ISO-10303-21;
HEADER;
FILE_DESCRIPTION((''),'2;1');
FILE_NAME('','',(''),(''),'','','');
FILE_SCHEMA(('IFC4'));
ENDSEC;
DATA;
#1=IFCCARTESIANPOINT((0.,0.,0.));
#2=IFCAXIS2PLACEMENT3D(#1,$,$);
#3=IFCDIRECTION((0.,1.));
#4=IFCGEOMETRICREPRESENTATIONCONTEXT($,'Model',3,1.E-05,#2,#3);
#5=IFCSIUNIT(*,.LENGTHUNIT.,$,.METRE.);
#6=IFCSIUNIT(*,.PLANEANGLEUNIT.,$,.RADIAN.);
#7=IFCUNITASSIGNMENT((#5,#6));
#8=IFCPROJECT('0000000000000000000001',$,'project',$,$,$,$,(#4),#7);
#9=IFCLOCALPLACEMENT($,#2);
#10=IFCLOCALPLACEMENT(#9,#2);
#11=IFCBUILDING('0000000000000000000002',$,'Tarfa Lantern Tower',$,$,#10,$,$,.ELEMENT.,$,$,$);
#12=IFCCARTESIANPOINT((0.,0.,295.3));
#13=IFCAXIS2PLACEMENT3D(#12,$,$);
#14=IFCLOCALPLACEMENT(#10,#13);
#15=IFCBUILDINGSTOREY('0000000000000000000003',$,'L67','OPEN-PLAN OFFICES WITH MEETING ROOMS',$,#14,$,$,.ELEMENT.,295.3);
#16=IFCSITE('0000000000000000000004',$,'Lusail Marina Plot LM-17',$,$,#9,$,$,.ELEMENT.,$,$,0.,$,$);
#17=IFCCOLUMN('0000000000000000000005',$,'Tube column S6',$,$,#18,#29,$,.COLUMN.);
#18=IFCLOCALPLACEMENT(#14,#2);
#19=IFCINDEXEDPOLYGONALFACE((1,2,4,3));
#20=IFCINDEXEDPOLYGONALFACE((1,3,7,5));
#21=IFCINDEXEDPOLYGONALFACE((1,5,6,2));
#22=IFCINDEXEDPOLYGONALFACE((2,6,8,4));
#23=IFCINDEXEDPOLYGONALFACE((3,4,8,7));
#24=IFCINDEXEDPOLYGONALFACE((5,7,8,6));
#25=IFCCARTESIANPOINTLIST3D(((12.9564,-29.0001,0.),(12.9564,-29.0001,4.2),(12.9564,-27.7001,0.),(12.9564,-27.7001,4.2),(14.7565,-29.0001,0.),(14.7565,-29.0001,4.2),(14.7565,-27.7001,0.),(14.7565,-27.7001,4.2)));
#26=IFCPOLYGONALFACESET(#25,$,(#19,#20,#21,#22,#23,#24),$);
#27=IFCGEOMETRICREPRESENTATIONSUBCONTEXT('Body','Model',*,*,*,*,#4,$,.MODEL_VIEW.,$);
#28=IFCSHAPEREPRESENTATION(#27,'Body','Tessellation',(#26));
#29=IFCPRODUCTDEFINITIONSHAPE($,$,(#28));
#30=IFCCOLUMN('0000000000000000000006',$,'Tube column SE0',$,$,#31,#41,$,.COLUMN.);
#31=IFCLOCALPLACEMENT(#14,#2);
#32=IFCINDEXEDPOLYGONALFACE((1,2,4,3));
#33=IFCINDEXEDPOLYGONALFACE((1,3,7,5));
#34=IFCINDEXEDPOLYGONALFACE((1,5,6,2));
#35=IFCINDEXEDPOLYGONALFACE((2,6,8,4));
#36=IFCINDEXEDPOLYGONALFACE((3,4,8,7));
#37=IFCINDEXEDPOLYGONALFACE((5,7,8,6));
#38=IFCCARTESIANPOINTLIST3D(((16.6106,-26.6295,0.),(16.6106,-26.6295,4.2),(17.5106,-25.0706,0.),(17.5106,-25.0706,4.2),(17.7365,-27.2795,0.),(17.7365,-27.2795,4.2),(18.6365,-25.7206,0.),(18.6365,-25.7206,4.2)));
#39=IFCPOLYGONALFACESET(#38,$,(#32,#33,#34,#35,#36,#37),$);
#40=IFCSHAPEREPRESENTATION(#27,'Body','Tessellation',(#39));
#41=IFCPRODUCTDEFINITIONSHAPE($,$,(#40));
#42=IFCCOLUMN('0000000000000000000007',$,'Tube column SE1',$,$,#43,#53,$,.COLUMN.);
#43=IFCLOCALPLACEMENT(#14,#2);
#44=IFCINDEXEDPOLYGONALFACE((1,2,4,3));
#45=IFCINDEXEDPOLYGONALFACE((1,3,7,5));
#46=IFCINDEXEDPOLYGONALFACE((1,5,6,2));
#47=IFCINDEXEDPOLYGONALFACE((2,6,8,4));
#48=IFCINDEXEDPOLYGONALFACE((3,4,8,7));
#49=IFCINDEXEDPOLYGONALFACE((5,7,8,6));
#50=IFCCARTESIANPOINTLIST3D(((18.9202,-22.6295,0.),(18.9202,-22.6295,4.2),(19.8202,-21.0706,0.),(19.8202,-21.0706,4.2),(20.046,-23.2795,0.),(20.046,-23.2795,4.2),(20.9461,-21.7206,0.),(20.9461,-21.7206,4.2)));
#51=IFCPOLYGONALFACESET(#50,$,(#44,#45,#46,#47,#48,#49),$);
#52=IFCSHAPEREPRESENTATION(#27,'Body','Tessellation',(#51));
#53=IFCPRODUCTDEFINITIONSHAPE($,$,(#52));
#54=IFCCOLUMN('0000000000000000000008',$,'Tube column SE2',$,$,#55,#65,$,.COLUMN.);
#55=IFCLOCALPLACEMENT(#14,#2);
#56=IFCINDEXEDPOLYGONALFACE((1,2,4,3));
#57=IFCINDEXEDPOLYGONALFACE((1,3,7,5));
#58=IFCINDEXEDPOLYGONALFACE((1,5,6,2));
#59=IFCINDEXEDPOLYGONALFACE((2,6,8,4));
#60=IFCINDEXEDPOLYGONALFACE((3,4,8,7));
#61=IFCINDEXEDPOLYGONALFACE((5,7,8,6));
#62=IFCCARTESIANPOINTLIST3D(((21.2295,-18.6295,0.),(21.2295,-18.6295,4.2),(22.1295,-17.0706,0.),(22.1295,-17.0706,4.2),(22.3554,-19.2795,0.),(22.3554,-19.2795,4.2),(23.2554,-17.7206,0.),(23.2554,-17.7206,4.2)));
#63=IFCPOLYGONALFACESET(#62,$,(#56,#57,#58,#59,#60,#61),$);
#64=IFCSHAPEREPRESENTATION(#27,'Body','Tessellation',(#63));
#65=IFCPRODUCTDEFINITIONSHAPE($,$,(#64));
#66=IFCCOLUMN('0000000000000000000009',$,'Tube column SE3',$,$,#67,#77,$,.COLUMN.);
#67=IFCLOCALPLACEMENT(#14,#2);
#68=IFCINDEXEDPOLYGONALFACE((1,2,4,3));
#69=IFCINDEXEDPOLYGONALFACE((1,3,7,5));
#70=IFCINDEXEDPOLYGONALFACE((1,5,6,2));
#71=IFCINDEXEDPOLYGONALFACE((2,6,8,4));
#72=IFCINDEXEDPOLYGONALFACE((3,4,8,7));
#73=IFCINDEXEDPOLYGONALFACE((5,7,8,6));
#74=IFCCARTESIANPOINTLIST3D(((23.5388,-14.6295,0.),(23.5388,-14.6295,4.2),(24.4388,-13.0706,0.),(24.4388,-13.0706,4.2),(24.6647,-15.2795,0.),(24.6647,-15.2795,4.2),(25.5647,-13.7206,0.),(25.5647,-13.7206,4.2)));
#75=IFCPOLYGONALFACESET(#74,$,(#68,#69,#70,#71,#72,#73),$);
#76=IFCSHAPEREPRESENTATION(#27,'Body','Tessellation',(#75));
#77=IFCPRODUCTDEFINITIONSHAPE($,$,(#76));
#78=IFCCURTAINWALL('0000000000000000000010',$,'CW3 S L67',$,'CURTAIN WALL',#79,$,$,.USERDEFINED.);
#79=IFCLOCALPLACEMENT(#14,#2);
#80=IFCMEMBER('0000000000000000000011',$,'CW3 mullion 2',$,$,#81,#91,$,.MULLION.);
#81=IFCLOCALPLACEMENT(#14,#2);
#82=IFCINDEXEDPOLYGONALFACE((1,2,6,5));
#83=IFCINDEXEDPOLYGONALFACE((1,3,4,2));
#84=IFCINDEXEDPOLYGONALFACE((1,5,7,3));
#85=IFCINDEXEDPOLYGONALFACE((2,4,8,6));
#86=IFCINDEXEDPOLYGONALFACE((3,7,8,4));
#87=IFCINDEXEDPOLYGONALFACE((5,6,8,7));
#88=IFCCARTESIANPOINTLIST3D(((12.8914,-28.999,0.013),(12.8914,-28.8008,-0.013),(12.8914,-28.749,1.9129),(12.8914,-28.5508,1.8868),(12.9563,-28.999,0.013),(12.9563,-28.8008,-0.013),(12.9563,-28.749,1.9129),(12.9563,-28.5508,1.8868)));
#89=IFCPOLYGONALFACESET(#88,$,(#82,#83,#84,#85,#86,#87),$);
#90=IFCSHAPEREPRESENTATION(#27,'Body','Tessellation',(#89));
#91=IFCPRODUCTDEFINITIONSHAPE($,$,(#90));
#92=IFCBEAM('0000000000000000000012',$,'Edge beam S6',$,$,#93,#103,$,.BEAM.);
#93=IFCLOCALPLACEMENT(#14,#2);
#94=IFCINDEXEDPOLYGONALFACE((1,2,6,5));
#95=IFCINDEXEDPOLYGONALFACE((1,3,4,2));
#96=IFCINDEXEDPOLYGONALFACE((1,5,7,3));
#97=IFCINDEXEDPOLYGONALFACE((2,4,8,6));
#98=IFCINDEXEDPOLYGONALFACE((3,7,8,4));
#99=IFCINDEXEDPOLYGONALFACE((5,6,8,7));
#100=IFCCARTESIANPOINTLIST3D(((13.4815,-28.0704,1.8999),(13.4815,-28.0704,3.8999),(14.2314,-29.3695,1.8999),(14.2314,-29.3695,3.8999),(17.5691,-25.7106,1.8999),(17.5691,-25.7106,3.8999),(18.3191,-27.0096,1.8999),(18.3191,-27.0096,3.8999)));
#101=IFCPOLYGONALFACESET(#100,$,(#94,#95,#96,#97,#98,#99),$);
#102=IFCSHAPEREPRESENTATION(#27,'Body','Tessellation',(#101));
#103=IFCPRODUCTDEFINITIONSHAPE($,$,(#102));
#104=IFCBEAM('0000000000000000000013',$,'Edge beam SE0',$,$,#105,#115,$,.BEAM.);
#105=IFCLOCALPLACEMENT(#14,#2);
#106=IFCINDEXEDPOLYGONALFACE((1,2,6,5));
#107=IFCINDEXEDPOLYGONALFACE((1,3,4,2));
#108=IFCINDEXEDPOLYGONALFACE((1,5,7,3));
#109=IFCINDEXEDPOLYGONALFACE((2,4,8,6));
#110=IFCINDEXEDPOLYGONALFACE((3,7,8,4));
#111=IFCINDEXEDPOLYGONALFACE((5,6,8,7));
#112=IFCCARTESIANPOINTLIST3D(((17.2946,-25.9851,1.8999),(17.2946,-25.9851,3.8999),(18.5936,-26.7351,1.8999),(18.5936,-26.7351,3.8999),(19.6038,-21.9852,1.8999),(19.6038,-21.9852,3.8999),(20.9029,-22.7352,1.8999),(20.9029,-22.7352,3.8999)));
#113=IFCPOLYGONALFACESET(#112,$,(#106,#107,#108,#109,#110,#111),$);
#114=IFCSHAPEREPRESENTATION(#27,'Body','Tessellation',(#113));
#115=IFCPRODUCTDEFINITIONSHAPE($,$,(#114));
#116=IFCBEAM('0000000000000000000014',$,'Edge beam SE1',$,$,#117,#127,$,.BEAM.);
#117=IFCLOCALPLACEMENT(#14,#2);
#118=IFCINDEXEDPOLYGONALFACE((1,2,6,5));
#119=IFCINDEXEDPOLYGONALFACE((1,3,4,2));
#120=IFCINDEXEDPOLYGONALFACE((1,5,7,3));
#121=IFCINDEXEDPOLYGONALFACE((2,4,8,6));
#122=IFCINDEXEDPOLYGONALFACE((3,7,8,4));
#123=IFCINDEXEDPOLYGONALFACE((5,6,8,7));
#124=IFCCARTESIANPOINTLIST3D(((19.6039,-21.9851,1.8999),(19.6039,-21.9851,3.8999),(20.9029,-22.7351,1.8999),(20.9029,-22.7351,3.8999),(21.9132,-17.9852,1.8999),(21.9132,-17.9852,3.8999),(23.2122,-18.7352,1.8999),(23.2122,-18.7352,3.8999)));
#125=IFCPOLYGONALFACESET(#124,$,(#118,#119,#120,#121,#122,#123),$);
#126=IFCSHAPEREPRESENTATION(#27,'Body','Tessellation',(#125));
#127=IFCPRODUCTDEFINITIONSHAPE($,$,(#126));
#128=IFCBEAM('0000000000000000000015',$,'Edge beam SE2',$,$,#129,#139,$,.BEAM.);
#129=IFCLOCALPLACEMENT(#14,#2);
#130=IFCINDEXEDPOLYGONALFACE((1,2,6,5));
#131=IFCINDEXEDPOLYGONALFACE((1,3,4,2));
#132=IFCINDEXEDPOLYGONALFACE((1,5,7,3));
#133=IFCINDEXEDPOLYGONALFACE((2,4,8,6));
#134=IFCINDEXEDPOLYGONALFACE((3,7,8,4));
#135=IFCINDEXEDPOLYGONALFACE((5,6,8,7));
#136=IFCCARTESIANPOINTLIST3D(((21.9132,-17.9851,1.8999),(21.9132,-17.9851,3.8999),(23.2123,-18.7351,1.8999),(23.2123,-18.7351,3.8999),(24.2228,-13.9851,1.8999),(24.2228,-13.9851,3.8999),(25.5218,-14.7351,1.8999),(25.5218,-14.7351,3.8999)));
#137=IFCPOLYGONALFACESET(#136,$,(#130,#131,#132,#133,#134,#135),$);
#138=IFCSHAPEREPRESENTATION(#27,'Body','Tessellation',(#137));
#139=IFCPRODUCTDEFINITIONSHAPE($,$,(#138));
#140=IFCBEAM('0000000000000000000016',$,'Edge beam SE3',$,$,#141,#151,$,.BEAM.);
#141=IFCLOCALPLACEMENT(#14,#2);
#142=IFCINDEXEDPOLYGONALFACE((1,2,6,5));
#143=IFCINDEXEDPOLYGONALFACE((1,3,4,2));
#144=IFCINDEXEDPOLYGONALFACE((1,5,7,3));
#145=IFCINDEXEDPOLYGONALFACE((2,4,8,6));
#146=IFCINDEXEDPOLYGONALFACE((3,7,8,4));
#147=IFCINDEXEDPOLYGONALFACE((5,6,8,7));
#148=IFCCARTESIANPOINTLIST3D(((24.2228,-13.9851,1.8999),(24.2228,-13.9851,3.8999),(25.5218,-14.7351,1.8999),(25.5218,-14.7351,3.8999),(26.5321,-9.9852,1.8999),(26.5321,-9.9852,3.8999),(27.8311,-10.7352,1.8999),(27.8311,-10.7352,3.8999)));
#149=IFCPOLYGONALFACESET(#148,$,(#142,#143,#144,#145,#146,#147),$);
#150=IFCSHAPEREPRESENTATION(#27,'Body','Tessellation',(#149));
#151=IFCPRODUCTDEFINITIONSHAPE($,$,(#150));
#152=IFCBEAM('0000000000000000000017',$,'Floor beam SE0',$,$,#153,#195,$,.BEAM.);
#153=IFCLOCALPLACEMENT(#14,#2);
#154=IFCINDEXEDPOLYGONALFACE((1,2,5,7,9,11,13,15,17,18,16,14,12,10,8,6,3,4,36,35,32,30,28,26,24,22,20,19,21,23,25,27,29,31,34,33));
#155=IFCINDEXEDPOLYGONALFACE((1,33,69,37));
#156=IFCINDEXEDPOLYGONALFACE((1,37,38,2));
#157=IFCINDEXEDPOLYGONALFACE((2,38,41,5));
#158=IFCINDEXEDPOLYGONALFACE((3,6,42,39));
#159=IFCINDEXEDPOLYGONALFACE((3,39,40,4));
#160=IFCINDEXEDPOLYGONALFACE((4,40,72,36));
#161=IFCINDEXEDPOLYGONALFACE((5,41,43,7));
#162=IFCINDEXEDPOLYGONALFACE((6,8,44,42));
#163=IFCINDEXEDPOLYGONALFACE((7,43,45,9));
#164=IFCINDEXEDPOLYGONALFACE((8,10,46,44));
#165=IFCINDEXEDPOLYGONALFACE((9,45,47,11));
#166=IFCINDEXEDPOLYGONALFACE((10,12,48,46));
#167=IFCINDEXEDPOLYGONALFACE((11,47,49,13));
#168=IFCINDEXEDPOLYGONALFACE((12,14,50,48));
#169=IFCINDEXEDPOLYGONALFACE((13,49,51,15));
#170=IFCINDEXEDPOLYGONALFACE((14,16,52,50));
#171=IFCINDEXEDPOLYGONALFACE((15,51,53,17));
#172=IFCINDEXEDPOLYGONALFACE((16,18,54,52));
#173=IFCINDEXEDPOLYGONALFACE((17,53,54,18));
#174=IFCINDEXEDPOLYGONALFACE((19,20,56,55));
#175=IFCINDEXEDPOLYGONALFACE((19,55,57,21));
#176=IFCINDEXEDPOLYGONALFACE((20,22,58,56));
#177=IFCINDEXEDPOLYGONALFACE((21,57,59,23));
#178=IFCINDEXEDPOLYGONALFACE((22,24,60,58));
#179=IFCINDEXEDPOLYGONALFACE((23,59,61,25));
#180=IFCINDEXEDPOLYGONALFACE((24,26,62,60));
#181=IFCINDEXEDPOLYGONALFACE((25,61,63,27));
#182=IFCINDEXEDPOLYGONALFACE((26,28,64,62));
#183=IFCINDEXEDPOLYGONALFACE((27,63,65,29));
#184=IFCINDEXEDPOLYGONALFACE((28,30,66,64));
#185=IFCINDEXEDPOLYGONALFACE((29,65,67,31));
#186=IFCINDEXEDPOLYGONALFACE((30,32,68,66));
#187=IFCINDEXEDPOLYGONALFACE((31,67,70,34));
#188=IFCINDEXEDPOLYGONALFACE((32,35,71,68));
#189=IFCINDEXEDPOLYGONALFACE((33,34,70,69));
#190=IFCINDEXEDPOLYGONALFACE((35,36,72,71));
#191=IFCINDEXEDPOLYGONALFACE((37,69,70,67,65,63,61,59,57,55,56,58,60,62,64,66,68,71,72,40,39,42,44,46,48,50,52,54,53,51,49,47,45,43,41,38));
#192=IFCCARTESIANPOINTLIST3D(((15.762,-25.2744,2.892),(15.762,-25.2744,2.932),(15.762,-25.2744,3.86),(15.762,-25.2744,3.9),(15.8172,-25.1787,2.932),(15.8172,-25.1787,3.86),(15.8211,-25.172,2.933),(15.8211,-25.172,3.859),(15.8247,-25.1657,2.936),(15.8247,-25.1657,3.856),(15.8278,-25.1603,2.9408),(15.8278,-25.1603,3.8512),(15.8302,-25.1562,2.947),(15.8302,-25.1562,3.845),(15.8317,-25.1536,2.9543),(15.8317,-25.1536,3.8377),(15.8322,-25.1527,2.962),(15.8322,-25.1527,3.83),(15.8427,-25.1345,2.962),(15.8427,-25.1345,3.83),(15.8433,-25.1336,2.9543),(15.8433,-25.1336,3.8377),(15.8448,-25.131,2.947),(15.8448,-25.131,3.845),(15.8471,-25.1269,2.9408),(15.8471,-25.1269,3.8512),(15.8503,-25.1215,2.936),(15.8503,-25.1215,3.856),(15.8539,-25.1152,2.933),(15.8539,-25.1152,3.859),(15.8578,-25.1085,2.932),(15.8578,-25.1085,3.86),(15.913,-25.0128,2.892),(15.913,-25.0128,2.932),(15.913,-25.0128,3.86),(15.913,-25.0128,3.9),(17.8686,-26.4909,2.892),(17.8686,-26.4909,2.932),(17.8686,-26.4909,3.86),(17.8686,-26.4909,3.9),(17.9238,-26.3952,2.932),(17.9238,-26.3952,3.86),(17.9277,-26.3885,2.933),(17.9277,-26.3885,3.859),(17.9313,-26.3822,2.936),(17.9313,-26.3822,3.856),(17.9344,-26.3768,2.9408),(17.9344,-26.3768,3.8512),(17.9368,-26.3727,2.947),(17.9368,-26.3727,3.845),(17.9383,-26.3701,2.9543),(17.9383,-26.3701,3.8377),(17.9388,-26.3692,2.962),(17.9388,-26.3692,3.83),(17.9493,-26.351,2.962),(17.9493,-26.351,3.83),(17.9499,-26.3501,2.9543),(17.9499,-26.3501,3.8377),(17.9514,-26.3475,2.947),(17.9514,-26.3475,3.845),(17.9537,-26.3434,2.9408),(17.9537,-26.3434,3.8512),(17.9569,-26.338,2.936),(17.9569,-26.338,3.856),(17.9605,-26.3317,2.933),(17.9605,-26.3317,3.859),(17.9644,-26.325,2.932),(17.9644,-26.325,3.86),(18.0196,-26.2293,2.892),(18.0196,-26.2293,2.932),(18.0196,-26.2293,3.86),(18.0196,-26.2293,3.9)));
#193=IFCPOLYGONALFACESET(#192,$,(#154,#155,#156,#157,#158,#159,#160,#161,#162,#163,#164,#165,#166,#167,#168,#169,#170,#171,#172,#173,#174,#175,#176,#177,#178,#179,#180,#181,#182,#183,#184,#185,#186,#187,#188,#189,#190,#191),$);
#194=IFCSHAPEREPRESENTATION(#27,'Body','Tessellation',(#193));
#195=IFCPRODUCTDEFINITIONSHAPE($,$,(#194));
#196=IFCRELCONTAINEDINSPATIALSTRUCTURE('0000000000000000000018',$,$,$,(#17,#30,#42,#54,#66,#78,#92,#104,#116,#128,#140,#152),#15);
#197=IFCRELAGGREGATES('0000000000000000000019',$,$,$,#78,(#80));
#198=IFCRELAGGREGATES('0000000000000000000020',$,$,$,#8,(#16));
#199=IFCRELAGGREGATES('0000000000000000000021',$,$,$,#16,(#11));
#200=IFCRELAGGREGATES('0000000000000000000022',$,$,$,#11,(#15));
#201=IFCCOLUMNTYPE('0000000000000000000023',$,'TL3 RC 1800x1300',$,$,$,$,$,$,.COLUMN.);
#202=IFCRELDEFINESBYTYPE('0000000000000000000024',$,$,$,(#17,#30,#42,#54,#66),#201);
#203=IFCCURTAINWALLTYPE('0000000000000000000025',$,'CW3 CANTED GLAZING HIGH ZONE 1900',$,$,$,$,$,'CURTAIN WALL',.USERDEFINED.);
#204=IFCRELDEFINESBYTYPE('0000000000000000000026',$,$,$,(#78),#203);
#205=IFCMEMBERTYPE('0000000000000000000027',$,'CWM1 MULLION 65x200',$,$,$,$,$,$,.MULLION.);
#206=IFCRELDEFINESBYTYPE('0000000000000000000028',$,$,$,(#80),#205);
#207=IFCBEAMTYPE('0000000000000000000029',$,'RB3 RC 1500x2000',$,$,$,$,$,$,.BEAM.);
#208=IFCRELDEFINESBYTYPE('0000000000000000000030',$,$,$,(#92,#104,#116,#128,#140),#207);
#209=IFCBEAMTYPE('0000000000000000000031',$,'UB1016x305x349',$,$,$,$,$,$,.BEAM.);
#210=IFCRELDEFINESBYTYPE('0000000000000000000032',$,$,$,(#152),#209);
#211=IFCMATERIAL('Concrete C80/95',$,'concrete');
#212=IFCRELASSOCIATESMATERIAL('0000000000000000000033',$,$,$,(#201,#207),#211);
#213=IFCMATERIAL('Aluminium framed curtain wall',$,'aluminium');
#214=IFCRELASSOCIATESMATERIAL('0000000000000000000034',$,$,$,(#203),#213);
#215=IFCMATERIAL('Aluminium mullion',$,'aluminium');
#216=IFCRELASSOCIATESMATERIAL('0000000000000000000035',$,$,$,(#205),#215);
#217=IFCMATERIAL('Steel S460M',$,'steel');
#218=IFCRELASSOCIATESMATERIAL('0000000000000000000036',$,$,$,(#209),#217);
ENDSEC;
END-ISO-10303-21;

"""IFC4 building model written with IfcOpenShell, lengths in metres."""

from ifc_helpers import new_model, si_unit, direction, frame, origin, origin_2d, place, context, subcontext, project, spatial, rectangle, i_section, extrude, material, material_profile, profile_set, type_object, element, aggregate, save


model = new_model("IFC4")

# Units and contexts
model_context = context("Model", 3, precision=1e-05, world=origin(), true_north=direction((0.0, 1.0)))
body_context = subcontext(model_context, "Body", "Model", "MODEL_VIEW")
ifc_project = project(units=[si_unit("LENGTHUNIT", "METRE"), si_unit("PLANEANGLEUNIT", "RADIAN")], contexts=[model_context])

# Site, building, storey
site_placement = place(None, origin())
site = spatial("IfcSite", under=ifc_project, at=site_placement, Name="Lusail Marina Plot LM-17", CompositionType="ELEMENT", RefElevation=0.0)
building_placement = place(site_placement, origin())
building = spatial("IfcBuilding", under=site, at=building_placement, Name="Tarfa Lantern Tower", CompositionType="ELEMENT")
storey_placement = place(building_placement, frame((0.0, 0.0, 295.3)))
storey = spatial("IfcBuildingStorey", under=building, at=storey_placement, Name="L67", Description="OPEN-PLAN OFFICES WITH MEETING ROOMS", CompositionType="ELEMENT", Elevation=295.3)

# Columns
ifc_material_1 = material(Name="Concrete C80/95", Category="concrete")
ifc_material_profile_1 = material_profile(ifc_material_1, rectangle(XDim=1.8, YDim=1.3, at=origin_2d()), Name="RC 1800x1300")
ifc_profile_set_1 = profile_set([ifc_material_profile_1], Name="Concrete C80/95")
column_type = type_object("IfcColumnType", Name="TL3 RC 1800x1300", PredefinedType="COLUMN", material=ifc_profile_set_1)
for number, where, z_axis, x_axis, name in (
    (1, (13.8564, -28.3501, 0.0), (0.0, 0.0, 1.0), (1.0, 0.0, 0.0), "Tube column S6"),
    (2, (17.6235, -26.175, 0.0), (0.0, 0.0, 1.0), (0.5, 0.866025, 0.0), "Tube column SE0"),
    (3, (19.9331, -22.175, 0.0), (0.0, 0.0, 1.0), (0.5, 0.866025, 0.0), "Tube column SE1"),
    (4, (22.2424, -18.175, 0.0), (0.0, 0.0, 1.0), (0.5, 0.866025, 0.0), "Tube column SE2"),
    (5, (24.5518, -14.175, 0.0), (0.0, 0.0, 1.0), (0.5, 0.866025, 0.0), "Tube column SE3"),
):
    element("IfcColumn", number, at=place(storey_placement, frame(where, z_axis=z_axis, x_axis=x_axis)), inside=storey, type_object=column_type, Name=name, PredefinedType="COLUMN", context=body_context, shape_type="SweptSolid", body=[
        extrude(rectangle(XDim=1.8, YDim=1.3, at=origin_2d()), origin(), (0.0, 0.0, 1.0), 4.2),
    ])

# Curtain wall, member
ifc_material_2 = material(Name="Aluminium framed curtain wall", Category="aluminium")
curtain_wall_type = type_object("IfcCurtainWallType", Name="CW3 CANTED GLAZING HIGH ZONE 1900", ElementType="CURTAIN WALL", PredefinedType="USERDEFINED", material=ifc_material_2)
curtain_wall_placement = place(storey_placement, origin())
curtain_wall = element("IfcCurtainWall", 6, at=curtain_wall_placement, inside=storey, type_object=curtain_wall_type, Name="CW3 S L67", ObjectType="CURTAIN WALL", PredefinedType="USERDEFINED")
ifc_material_3 = material(Name="Aluminium mullion", Category="aluminium")
ifc_material_profile_2 = material_profile(ifc_material_3, rectangle(XDim=0.0649, YDim=0.2, at=origin_2d()), Name="AL MULLION 65x200")
ifc_profile_set_2 = profile_set([ifc_material_profile_2], Name="Aluminium mullion")
member_type = type_object("IfcMemberType", Name="CWM1 MULLION 65x200", PredefinedType="MULLION", material=ifc_profile_set_2)
member_placement = place(storey_placement, frame((12.9238, -28.8999, 0.0), z_axis=(0.0, 0.130461, 0.991453), x_axis=(-1.0, 0.0, 0.0)))
member = element("IfcMember", 7, at=member_placement, type_object=member_type, Name="CW3 mullion 2", PredefinedType="MULLION", context=body_context, shape_type="SweptSolid", body=[
    extrude(rectangle(XDim=0.0649, YDim=0.2, at=origin_2d()), origin(), (0.0, 0.0, 1.0), 1.9163),
])
aggregate(curtain_wall, [member])

# Beams
ifc_material_profile_3 = material_profile(ifc_material_1, rectangle(XDim=1.5, YDim=2.0, at=origin_2d()), Name="RC 1500x2000")
ifc_profile_set_3 = profile_set([ifc_material_profile_3], Name="Concrete C80/95")
beam_type_1 = type_object("IfcBeamType", Name="RB3 RC 1500x2000", PredefinedType="BEAM", material=ifc_profile_set_3)
beam_1_placement = place(storey_placement, frame((13.8564, -28.72, 2.8999), z_axis=(0.866038, 0.499978, 0.0), x_axis=(-0.499978, 0.866038, 0.0)))
element("IfcBeam", 8, at=beam_1_placement, inside=storey, type_object=beam_type_1, Name="Edge beam S6", PredefinedType="BEAM", context=body_context, shape_type="SweptSolid", body=[
    extrude(rectangle(XDim=1.5, YDim=2.0, at=origin_2d()), origin(), (0.0, 0.0, 1.0), 4.72),
])
for number, where, z_axis, x_axis, name in (
    (9, (17.9441, -26.3601, 2.8999), (0.499988, 0.866032, 0.0), (-0.866032, 0.499988, 0.0), "Edge beam SE0"),
    (10, (20.2534, -22.3601, 2.8999), (0.499988, 0.866032, 0.0), (-0.866032, 0.499988, 0.0), "Edge beam SE1"),
):
    element("IfcBeam", number, at=place(storey_placement, frame(where, z_axis=z_axis, x_axis=x_axis)), inside=storey, type_object=beam_type_1, Name=name, PredefinedType="BEAM", context=body_context, shape_type="SweptSolid", body=[
        extrude(rectangle(XDim=1.5, YDim=2.0, at=origin_2d()), origin(), (0.0, 0.0, 1.0), 4.6187),
    ])
beam_2_placement = place(storey_placement, frame((22.5627, -18.3601, 2.8999), z_axis=(0.500027, 0.86601, 0.0), x_axis=(-0.86601, 0.500027, 0.0)))
element("IfcBeam", 11, at=beam_2_placement, inside=storey, type_object=beam_type_1, Name="Edge beam SE2", PredefinedType="BEAM", context=body_context, shape_type="SweptSolid", body=[
    extrude(rectangle(XDim=1.5, YDim=2.0, at=origin_2d()), origin(), (0.0, 0.0, 1.0), 4.6189),
])
beam_3_placement = place(storey_placement, frame((24.8723, -14.3601, 2.8999), z_axis=(0.499988, 0.866032, 0.0), x_axis=(-0.866032, 0.499988, 0.0)))
element("IfcBeam", 12, at=beam_3_placement, inside=storey, type_object=beam_type_1, Name="Edge beam SE3", PredefinedType="BEAM", context=body_context, shape_type="SweptSolid", body=[
    extrude(rectangle(XDim=1.5, YDim=2.0, at=origin_2d()), origin(), (0.0, 0.0, 1.0), 4.6187),
])
ifc_material_4 = material(Name="Steel S460M", Category="steel")
ifc_material_profile_4 = material_profile(ifc_material_4, i_section(OverallWidth=0.302, OverallDepth=1.0081, WebThickness=0.021, FlangeThickness=0.04, FilletRadius=0.03, at=origin_2d()), Name="UB1016x305x349")
ifc_profile_set_4 = profile_set([ifc_material_profile_4], Name="Steel S460M")
beam_type_2 = type_object("IfcBeamType", Name="UB1016x305x349", PredefinedType="BEAM", material=ifc_profile_set_4)
beam_4_placement = place(storey_placement, frame((17.9441, -26.3601, 3.396), z_axis=(-0.86598, 0.500079, 0.0), x_axis=(-0.500079, -0.86598, 0.0)))
element("IfcBeam", 13, at=beam_4_placement, inside=storey, type_object=beam_type_2, Name="Floor beam SE0", PredefinedType="BEAM", context=body_context, shape_type="SweptSolid", body=[
    extrude(i_section(OverallWidth=0.302, OverallDepth=1.0081, WebThickness=0.021, FlangeThickness=0.04, FilletRadius=0.03, at=origin_2d()), origin(), (0.0, 0.0, 1.0), 2.4326),
])

save(model, "model.ifc")
